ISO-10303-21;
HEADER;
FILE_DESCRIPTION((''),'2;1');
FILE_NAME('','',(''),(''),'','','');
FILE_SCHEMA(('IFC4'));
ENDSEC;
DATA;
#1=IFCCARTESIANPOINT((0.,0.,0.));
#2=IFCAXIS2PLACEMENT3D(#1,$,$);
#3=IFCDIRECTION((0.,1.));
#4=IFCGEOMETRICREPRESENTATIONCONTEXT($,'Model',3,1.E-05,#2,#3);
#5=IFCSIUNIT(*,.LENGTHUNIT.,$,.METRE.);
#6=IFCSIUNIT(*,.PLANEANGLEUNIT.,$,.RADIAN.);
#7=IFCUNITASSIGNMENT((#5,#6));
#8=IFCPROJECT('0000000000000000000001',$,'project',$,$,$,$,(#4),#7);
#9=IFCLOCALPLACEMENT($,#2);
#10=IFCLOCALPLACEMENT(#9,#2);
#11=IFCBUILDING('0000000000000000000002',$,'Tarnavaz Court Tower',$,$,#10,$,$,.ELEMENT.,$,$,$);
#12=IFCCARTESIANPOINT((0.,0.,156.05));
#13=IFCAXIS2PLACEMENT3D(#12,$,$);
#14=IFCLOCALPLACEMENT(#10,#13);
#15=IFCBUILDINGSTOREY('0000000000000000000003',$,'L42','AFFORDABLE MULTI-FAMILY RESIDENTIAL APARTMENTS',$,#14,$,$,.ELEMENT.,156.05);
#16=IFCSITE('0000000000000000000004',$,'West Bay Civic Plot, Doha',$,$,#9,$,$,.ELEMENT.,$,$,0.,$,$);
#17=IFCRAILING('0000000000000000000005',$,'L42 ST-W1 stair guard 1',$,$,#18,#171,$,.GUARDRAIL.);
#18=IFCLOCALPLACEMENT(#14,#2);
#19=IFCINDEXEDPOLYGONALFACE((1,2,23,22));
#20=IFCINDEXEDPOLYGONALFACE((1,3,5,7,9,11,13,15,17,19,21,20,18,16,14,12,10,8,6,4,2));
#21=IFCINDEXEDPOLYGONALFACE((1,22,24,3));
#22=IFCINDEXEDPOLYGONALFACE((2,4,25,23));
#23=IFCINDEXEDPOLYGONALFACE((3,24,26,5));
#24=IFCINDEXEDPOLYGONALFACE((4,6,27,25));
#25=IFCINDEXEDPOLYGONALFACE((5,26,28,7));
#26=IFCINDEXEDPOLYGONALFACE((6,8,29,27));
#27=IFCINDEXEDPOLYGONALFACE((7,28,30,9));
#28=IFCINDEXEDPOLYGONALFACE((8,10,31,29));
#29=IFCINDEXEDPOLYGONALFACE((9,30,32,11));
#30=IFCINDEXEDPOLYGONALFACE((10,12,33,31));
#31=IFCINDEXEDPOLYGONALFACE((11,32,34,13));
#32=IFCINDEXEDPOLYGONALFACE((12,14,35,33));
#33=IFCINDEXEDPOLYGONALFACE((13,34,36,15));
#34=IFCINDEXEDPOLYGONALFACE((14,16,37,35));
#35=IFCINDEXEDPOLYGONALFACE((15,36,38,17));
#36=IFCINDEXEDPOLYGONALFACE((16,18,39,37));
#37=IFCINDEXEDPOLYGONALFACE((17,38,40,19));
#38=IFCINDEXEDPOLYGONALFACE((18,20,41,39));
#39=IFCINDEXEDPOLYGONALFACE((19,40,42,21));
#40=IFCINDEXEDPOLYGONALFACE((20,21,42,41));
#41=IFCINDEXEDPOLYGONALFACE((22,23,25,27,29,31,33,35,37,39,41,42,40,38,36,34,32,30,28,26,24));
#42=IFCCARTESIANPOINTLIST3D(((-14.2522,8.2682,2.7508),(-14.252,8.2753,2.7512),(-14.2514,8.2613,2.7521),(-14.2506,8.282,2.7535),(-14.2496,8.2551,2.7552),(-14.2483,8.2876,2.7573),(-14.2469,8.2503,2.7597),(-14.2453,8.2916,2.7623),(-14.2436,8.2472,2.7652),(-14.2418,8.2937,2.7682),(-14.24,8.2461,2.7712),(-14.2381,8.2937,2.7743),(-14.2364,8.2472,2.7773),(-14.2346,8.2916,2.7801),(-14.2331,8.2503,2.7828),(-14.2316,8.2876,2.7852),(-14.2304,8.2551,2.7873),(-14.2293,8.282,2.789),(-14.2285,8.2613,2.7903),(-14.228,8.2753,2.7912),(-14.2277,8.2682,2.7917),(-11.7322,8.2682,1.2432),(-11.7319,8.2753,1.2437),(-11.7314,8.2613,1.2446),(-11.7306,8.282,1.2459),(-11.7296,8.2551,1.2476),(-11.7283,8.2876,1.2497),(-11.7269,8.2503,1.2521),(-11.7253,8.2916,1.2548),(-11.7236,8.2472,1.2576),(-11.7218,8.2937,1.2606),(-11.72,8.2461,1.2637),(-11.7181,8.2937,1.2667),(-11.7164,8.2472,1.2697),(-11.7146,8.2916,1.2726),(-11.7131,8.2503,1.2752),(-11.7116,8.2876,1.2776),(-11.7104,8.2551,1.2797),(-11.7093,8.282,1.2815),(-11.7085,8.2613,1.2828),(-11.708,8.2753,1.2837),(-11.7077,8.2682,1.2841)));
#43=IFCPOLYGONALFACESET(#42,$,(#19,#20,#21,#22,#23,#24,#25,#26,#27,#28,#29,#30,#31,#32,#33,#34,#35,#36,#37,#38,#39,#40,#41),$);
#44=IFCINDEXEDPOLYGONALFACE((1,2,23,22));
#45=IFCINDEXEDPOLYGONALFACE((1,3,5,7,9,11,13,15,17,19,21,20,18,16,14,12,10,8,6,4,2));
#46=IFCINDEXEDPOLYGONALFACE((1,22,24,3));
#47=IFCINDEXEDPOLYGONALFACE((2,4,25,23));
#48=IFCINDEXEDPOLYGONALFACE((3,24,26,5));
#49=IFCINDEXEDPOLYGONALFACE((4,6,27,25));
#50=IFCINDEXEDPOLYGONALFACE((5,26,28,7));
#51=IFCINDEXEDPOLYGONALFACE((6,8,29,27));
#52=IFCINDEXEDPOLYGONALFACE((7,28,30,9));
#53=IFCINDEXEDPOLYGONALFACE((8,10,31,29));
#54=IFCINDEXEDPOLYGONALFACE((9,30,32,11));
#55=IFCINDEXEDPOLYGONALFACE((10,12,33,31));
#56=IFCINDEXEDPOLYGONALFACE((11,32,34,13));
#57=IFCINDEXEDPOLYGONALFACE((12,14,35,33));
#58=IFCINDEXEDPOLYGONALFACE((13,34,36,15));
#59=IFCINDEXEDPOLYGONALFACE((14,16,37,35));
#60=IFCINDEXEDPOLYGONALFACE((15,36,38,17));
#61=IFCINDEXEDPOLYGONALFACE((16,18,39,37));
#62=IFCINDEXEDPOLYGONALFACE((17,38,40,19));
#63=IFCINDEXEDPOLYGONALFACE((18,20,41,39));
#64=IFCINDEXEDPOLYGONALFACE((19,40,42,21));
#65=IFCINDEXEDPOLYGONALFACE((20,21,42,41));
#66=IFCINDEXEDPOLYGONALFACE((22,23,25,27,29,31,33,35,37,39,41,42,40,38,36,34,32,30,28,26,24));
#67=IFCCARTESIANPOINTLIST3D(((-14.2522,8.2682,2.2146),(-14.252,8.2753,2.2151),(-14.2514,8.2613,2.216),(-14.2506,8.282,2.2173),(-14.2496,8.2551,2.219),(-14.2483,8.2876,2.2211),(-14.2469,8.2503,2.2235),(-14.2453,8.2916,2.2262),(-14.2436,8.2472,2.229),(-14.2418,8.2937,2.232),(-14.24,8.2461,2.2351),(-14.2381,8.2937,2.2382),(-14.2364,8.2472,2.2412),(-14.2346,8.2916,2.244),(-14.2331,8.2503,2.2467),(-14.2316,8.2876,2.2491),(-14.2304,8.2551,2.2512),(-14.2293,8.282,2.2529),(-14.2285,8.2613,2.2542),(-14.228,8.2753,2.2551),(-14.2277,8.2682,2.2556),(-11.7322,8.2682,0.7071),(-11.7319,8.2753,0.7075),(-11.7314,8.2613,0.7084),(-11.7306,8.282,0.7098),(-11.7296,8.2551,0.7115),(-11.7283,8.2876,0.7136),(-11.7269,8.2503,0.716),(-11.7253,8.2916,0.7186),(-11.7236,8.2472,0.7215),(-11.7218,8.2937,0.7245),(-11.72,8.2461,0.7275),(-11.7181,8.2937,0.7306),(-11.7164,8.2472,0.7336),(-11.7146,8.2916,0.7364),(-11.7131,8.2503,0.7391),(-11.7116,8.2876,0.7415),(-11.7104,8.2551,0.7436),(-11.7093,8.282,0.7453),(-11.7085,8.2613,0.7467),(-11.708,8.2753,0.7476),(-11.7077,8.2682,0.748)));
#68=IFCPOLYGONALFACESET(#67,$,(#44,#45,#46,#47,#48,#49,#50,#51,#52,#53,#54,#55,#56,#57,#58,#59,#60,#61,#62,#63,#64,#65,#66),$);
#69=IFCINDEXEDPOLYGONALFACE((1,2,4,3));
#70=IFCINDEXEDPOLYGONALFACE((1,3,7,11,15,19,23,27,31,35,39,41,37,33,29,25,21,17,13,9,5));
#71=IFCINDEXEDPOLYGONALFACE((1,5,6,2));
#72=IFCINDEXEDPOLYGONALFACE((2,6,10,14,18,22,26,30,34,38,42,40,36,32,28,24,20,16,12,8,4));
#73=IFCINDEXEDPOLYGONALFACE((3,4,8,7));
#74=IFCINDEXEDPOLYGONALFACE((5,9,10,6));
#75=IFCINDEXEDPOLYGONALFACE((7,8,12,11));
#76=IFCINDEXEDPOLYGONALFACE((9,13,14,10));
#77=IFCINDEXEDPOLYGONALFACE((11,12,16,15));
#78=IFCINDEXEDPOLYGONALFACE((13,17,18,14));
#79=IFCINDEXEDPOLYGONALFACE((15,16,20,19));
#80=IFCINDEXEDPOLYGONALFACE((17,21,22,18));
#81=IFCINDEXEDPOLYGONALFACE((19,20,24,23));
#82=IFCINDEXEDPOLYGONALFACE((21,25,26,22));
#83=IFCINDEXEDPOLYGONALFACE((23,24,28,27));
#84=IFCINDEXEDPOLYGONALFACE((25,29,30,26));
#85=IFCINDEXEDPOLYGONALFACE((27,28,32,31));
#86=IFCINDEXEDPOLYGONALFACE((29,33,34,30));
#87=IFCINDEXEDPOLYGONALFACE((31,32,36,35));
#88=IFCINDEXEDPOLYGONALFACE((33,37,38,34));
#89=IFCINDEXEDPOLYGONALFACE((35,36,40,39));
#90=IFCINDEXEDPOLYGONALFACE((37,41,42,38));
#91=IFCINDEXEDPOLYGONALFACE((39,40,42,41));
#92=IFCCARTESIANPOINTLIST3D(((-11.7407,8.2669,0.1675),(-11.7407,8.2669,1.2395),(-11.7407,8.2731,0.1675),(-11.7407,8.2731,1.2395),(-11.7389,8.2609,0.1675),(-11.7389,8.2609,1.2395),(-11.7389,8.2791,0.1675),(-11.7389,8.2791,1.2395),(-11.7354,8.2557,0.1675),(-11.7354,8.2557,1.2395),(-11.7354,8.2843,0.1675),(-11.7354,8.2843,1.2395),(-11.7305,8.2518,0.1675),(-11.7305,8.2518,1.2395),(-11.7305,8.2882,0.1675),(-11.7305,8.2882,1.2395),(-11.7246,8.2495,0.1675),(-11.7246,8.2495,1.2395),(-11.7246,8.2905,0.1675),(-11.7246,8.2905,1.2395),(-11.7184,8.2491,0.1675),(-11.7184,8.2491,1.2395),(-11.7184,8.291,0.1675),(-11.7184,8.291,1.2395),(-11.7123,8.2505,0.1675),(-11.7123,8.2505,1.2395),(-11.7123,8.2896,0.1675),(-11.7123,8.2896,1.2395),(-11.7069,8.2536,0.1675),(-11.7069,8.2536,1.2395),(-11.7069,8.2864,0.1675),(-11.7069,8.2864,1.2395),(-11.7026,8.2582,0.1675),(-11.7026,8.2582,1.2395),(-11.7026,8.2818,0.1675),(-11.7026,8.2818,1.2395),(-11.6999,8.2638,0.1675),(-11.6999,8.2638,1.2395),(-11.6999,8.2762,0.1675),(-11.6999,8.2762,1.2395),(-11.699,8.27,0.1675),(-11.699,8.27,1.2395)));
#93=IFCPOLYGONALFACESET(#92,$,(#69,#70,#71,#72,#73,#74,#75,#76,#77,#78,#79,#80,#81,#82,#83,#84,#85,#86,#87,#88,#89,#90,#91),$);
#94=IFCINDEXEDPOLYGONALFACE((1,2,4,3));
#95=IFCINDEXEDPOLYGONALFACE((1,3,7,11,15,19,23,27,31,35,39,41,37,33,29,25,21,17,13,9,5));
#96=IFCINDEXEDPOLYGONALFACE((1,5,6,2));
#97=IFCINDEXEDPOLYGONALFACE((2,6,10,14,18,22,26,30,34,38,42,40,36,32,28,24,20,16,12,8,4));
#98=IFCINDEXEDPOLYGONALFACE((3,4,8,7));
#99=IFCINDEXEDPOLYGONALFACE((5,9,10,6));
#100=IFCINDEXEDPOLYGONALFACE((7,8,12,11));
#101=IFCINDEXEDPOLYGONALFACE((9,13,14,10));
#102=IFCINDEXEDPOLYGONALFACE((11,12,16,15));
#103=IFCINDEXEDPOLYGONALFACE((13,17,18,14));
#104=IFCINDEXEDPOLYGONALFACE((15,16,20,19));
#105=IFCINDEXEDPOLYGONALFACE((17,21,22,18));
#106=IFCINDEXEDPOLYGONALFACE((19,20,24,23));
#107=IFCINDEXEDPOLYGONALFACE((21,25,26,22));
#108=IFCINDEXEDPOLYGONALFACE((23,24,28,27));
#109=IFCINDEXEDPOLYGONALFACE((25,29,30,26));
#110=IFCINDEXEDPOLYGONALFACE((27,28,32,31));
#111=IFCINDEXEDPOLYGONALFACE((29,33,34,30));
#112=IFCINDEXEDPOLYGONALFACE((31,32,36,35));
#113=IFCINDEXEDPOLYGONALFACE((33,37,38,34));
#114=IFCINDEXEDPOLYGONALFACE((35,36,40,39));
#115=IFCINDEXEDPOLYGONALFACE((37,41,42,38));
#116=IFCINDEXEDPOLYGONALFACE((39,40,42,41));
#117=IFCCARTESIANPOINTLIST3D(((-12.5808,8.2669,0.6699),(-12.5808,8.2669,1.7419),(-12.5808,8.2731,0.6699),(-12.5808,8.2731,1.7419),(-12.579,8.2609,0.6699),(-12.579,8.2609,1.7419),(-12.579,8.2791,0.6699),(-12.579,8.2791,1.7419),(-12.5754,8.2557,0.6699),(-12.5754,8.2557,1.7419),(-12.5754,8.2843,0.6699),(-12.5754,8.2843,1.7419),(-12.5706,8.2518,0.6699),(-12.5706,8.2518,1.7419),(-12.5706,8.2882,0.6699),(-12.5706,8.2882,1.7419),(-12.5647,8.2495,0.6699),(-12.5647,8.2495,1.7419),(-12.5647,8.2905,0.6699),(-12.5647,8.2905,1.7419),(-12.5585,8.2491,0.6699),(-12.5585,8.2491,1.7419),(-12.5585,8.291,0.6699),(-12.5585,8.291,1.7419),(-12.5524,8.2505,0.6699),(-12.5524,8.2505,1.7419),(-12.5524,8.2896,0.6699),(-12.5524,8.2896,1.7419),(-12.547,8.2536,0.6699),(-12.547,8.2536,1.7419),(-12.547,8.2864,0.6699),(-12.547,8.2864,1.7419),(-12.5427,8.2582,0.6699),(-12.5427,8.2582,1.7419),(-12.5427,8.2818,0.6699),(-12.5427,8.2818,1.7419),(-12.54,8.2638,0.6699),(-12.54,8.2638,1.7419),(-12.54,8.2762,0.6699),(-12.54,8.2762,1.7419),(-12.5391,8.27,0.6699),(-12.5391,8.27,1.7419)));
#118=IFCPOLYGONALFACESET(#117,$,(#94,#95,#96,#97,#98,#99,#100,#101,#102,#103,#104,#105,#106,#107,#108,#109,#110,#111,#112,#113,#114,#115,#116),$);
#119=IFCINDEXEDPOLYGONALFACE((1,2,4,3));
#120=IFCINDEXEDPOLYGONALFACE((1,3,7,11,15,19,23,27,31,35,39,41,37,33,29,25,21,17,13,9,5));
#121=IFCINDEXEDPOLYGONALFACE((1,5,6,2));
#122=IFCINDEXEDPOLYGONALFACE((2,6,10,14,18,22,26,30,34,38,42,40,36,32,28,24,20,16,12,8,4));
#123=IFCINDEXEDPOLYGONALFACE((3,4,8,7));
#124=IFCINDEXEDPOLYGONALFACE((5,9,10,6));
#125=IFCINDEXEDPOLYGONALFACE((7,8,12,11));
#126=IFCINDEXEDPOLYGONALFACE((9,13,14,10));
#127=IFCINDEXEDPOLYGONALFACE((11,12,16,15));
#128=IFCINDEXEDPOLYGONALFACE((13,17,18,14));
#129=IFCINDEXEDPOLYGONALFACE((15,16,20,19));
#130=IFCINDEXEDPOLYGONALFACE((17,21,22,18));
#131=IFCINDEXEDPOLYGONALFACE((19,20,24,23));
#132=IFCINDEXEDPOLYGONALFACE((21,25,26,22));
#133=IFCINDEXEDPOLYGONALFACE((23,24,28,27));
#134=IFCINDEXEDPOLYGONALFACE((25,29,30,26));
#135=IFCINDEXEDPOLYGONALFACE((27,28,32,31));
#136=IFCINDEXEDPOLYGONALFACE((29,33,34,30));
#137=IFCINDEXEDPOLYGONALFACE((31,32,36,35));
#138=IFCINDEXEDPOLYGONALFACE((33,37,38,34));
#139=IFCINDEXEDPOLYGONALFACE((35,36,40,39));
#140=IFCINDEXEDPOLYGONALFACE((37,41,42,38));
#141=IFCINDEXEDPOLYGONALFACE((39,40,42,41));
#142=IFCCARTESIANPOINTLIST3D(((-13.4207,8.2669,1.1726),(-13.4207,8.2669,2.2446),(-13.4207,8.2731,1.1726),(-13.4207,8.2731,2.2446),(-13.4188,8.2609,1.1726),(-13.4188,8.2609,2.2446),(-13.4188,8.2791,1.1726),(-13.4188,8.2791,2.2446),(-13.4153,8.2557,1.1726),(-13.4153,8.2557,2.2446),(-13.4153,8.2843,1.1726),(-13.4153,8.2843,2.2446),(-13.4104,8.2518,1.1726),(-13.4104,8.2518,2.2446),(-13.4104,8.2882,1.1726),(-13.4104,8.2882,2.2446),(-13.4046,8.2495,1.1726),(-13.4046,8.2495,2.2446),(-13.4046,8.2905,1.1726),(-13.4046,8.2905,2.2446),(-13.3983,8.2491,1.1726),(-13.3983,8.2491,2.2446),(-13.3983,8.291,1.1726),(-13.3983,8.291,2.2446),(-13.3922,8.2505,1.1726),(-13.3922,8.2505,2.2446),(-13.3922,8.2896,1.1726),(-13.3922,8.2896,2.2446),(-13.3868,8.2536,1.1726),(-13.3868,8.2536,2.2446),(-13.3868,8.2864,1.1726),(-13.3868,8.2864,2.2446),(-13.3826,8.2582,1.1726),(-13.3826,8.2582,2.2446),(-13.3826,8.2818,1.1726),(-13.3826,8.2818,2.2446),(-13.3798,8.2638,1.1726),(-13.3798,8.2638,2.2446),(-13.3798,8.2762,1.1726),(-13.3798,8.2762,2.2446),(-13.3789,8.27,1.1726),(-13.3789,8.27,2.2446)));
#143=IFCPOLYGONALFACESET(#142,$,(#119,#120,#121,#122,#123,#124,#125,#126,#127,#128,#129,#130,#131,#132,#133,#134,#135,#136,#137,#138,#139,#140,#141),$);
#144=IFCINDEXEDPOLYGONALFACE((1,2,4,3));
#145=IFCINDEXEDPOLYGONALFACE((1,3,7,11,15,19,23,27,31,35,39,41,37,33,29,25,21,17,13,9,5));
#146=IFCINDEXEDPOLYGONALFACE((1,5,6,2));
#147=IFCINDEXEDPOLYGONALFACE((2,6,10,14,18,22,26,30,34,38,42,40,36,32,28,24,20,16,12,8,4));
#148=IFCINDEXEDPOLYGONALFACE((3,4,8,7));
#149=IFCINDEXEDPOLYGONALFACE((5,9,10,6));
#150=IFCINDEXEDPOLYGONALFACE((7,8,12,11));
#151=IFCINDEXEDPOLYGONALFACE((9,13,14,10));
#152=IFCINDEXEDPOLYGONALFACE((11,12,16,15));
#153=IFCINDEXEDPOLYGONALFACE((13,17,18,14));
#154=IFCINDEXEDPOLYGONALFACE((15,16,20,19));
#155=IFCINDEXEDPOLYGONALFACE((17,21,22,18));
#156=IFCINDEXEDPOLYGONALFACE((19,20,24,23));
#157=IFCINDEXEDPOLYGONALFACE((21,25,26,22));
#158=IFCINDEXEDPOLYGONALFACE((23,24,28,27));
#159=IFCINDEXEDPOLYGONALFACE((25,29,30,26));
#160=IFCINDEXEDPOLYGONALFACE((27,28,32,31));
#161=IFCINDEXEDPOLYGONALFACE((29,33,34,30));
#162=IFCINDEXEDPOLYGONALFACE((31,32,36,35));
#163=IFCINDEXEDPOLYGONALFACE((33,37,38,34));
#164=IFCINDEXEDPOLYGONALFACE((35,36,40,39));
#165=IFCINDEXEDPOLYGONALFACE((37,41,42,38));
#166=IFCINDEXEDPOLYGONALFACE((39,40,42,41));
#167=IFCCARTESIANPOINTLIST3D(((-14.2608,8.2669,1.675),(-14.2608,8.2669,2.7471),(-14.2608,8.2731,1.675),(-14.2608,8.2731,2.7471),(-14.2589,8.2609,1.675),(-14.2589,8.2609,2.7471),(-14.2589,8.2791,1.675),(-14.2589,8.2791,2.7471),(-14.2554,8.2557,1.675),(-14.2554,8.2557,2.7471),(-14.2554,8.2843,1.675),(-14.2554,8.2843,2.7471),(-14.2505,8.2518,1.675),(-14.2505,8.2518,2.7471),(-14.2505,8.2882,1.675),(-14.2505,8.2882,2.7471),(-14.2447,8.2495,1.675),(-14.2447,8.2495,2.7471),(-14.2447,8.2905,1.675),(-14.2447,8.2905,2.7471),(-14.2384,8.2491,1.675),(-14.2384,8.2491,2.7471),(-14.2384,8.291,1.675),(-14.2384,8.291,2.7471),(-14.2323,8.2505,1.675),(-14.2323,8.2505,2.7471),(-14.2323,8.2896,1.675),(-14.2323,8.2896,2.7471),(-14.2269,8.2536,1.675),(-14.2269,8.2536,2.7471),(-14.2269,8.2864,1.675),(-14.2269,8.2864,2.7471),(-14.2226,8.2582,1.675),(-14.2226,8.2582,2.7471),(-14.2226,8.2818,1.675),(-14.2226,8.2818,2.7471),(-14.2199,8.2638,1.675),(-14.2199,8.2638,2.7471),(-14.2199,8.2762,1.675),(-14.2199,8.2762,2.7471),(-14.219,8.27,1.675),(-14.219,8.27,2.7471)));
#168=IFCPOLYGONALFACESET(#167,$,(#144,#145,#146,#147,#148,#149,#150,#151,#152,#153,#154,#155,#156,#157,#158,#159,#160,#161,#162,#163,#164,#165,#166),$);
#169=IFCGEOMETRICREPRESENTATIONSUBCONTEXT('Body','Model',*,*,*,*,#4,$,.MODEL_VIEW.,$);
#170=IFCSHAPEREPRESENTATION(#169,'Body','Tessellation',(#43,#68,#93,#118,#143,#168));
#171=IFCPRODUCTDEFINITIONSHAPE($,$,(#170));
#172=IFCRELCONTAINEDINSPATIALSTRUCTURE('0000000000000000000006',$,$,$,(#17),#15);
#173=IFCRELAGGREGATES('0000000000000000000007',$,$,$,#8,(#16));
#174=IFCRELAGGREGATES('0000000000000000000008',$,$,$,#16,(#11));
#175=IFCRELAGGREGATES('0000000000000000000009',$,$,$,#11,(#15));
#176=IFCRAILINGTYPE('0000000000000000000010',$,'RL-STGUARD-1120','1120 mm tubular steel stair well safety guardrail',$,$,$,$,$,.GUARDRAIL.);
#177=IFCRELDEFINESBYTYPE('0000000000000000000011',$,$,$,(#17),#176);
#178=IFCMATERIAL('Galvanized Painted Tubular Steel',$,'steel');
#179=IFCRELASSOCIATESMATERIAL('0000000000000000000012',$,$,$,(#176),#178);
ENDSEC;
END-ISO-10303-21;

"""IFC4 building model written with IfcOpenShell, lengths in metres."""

from ifc_helpers import new_model, si_unit, direction, frame, origin, origin_2d, place, context, subcontext, project, spatial, circle, extrude, material, type_object, element, save


model = new_model("IFC4")

# Units and contexts
model_context = context("Model", 3, precision=1e-05, world=origin(), true_north=direction((0.0, 1.0)))
body_context = subcontext(model_context, "Body", "Model", "MODEL_VIEW")
ifc_project = project(units=[si_unit("LENGTHUNIT", "METRE"), si_unit("PLANEANGLEUNIT", "RADIAN")], contexts=[model_context])

# Site, building, storey
site_placement = place(None, origin())
site = spatial("IfcSite", under=ifc_project, at=site_placement, Name="West Bay Civic Plot, Doha", CompositionType="ELEMENT", RefElevation=0.0)
building_placement = place(site_placement, origin())
building = spatial("IfcBuilding", under=site, at=building_placement, Name="Tarnavaz Court Tower", CompositionType="ELEMENT")
storey_placement = place(building_placement, frame((0.0, 0.0, 156.05)))
storey = spatial("IfcBuildingStorey", under=building, at=storey_placement, Name="L42", Description="AFFORDABLE MULTI-FAMILY RESIDENTIAL APARTMENTS", CompositionType="ELEMENT", Elevation=156.05)

# Railing
ifc_material_1 = material(Name="Galvanized Painted Tubular Steel", Category="steel")
railing_type_1 = type_object("IfcRailingType", Name="RL-STGUARD-1120", Description="1120 mm tubular steel stair well safety guardrail", PredefinedType="GUARDRAIL", material=ifc_material_1)
railing_1_placement = place(storey_placement, frame((-11.72, 8.27, 0.1675)))
element("IfcRailing", 1, at=railing_1_placement, inside=storey, type_object=railing_type_1, Name="L42 ST-W1 stair guard 1", PredefinedType="GUARDRAIL", context=body_context, shape_type="SweptSolid", body=[
    extrude(circle(Radius=0.0239, at=origin_2d()), frame((0.0, 0.0, 1.0962), z_axis=(-0.85816, 0.0, 0.513383), x_axis=(0.0, -1.0, 0.0)), (0.0, 0.0, 1.0), 2.9365),
    extrude(circle(Radius=0.0239, at=origin_2d()), frame((0.0, 0.0, 0.5601), z_axis=(-0.85816, 0.0, 0.513383), x_axis=(0.0, -1.0, 0.0)), (0.0, 0.0, 1.0), 2.9365),
    extrude(circle(Radius=0.021, at=origin_2d()), origin(), (0.0, 0.0, 1.0), 1.072),
    extrude(circle(Radius=0.021, at=origin_2d()), frame((-0.8401, 0.0, 0.5024)), (0.0, 0.0, 1.0), 1.072),
    extrude(circle(Radius=0.021, at=origin_2d()), frame((-1.6799, 0.0, 1.0051)), (0.0, 0.0, 1.0), 1.072),
    extrude(circle(Radius=0.021, at=origin_2d()), frame((-2.52, 0.0, 1.5076)), (0.0, 0.0, 1.0), 1.072),
])

save(model, "model.ifc")
